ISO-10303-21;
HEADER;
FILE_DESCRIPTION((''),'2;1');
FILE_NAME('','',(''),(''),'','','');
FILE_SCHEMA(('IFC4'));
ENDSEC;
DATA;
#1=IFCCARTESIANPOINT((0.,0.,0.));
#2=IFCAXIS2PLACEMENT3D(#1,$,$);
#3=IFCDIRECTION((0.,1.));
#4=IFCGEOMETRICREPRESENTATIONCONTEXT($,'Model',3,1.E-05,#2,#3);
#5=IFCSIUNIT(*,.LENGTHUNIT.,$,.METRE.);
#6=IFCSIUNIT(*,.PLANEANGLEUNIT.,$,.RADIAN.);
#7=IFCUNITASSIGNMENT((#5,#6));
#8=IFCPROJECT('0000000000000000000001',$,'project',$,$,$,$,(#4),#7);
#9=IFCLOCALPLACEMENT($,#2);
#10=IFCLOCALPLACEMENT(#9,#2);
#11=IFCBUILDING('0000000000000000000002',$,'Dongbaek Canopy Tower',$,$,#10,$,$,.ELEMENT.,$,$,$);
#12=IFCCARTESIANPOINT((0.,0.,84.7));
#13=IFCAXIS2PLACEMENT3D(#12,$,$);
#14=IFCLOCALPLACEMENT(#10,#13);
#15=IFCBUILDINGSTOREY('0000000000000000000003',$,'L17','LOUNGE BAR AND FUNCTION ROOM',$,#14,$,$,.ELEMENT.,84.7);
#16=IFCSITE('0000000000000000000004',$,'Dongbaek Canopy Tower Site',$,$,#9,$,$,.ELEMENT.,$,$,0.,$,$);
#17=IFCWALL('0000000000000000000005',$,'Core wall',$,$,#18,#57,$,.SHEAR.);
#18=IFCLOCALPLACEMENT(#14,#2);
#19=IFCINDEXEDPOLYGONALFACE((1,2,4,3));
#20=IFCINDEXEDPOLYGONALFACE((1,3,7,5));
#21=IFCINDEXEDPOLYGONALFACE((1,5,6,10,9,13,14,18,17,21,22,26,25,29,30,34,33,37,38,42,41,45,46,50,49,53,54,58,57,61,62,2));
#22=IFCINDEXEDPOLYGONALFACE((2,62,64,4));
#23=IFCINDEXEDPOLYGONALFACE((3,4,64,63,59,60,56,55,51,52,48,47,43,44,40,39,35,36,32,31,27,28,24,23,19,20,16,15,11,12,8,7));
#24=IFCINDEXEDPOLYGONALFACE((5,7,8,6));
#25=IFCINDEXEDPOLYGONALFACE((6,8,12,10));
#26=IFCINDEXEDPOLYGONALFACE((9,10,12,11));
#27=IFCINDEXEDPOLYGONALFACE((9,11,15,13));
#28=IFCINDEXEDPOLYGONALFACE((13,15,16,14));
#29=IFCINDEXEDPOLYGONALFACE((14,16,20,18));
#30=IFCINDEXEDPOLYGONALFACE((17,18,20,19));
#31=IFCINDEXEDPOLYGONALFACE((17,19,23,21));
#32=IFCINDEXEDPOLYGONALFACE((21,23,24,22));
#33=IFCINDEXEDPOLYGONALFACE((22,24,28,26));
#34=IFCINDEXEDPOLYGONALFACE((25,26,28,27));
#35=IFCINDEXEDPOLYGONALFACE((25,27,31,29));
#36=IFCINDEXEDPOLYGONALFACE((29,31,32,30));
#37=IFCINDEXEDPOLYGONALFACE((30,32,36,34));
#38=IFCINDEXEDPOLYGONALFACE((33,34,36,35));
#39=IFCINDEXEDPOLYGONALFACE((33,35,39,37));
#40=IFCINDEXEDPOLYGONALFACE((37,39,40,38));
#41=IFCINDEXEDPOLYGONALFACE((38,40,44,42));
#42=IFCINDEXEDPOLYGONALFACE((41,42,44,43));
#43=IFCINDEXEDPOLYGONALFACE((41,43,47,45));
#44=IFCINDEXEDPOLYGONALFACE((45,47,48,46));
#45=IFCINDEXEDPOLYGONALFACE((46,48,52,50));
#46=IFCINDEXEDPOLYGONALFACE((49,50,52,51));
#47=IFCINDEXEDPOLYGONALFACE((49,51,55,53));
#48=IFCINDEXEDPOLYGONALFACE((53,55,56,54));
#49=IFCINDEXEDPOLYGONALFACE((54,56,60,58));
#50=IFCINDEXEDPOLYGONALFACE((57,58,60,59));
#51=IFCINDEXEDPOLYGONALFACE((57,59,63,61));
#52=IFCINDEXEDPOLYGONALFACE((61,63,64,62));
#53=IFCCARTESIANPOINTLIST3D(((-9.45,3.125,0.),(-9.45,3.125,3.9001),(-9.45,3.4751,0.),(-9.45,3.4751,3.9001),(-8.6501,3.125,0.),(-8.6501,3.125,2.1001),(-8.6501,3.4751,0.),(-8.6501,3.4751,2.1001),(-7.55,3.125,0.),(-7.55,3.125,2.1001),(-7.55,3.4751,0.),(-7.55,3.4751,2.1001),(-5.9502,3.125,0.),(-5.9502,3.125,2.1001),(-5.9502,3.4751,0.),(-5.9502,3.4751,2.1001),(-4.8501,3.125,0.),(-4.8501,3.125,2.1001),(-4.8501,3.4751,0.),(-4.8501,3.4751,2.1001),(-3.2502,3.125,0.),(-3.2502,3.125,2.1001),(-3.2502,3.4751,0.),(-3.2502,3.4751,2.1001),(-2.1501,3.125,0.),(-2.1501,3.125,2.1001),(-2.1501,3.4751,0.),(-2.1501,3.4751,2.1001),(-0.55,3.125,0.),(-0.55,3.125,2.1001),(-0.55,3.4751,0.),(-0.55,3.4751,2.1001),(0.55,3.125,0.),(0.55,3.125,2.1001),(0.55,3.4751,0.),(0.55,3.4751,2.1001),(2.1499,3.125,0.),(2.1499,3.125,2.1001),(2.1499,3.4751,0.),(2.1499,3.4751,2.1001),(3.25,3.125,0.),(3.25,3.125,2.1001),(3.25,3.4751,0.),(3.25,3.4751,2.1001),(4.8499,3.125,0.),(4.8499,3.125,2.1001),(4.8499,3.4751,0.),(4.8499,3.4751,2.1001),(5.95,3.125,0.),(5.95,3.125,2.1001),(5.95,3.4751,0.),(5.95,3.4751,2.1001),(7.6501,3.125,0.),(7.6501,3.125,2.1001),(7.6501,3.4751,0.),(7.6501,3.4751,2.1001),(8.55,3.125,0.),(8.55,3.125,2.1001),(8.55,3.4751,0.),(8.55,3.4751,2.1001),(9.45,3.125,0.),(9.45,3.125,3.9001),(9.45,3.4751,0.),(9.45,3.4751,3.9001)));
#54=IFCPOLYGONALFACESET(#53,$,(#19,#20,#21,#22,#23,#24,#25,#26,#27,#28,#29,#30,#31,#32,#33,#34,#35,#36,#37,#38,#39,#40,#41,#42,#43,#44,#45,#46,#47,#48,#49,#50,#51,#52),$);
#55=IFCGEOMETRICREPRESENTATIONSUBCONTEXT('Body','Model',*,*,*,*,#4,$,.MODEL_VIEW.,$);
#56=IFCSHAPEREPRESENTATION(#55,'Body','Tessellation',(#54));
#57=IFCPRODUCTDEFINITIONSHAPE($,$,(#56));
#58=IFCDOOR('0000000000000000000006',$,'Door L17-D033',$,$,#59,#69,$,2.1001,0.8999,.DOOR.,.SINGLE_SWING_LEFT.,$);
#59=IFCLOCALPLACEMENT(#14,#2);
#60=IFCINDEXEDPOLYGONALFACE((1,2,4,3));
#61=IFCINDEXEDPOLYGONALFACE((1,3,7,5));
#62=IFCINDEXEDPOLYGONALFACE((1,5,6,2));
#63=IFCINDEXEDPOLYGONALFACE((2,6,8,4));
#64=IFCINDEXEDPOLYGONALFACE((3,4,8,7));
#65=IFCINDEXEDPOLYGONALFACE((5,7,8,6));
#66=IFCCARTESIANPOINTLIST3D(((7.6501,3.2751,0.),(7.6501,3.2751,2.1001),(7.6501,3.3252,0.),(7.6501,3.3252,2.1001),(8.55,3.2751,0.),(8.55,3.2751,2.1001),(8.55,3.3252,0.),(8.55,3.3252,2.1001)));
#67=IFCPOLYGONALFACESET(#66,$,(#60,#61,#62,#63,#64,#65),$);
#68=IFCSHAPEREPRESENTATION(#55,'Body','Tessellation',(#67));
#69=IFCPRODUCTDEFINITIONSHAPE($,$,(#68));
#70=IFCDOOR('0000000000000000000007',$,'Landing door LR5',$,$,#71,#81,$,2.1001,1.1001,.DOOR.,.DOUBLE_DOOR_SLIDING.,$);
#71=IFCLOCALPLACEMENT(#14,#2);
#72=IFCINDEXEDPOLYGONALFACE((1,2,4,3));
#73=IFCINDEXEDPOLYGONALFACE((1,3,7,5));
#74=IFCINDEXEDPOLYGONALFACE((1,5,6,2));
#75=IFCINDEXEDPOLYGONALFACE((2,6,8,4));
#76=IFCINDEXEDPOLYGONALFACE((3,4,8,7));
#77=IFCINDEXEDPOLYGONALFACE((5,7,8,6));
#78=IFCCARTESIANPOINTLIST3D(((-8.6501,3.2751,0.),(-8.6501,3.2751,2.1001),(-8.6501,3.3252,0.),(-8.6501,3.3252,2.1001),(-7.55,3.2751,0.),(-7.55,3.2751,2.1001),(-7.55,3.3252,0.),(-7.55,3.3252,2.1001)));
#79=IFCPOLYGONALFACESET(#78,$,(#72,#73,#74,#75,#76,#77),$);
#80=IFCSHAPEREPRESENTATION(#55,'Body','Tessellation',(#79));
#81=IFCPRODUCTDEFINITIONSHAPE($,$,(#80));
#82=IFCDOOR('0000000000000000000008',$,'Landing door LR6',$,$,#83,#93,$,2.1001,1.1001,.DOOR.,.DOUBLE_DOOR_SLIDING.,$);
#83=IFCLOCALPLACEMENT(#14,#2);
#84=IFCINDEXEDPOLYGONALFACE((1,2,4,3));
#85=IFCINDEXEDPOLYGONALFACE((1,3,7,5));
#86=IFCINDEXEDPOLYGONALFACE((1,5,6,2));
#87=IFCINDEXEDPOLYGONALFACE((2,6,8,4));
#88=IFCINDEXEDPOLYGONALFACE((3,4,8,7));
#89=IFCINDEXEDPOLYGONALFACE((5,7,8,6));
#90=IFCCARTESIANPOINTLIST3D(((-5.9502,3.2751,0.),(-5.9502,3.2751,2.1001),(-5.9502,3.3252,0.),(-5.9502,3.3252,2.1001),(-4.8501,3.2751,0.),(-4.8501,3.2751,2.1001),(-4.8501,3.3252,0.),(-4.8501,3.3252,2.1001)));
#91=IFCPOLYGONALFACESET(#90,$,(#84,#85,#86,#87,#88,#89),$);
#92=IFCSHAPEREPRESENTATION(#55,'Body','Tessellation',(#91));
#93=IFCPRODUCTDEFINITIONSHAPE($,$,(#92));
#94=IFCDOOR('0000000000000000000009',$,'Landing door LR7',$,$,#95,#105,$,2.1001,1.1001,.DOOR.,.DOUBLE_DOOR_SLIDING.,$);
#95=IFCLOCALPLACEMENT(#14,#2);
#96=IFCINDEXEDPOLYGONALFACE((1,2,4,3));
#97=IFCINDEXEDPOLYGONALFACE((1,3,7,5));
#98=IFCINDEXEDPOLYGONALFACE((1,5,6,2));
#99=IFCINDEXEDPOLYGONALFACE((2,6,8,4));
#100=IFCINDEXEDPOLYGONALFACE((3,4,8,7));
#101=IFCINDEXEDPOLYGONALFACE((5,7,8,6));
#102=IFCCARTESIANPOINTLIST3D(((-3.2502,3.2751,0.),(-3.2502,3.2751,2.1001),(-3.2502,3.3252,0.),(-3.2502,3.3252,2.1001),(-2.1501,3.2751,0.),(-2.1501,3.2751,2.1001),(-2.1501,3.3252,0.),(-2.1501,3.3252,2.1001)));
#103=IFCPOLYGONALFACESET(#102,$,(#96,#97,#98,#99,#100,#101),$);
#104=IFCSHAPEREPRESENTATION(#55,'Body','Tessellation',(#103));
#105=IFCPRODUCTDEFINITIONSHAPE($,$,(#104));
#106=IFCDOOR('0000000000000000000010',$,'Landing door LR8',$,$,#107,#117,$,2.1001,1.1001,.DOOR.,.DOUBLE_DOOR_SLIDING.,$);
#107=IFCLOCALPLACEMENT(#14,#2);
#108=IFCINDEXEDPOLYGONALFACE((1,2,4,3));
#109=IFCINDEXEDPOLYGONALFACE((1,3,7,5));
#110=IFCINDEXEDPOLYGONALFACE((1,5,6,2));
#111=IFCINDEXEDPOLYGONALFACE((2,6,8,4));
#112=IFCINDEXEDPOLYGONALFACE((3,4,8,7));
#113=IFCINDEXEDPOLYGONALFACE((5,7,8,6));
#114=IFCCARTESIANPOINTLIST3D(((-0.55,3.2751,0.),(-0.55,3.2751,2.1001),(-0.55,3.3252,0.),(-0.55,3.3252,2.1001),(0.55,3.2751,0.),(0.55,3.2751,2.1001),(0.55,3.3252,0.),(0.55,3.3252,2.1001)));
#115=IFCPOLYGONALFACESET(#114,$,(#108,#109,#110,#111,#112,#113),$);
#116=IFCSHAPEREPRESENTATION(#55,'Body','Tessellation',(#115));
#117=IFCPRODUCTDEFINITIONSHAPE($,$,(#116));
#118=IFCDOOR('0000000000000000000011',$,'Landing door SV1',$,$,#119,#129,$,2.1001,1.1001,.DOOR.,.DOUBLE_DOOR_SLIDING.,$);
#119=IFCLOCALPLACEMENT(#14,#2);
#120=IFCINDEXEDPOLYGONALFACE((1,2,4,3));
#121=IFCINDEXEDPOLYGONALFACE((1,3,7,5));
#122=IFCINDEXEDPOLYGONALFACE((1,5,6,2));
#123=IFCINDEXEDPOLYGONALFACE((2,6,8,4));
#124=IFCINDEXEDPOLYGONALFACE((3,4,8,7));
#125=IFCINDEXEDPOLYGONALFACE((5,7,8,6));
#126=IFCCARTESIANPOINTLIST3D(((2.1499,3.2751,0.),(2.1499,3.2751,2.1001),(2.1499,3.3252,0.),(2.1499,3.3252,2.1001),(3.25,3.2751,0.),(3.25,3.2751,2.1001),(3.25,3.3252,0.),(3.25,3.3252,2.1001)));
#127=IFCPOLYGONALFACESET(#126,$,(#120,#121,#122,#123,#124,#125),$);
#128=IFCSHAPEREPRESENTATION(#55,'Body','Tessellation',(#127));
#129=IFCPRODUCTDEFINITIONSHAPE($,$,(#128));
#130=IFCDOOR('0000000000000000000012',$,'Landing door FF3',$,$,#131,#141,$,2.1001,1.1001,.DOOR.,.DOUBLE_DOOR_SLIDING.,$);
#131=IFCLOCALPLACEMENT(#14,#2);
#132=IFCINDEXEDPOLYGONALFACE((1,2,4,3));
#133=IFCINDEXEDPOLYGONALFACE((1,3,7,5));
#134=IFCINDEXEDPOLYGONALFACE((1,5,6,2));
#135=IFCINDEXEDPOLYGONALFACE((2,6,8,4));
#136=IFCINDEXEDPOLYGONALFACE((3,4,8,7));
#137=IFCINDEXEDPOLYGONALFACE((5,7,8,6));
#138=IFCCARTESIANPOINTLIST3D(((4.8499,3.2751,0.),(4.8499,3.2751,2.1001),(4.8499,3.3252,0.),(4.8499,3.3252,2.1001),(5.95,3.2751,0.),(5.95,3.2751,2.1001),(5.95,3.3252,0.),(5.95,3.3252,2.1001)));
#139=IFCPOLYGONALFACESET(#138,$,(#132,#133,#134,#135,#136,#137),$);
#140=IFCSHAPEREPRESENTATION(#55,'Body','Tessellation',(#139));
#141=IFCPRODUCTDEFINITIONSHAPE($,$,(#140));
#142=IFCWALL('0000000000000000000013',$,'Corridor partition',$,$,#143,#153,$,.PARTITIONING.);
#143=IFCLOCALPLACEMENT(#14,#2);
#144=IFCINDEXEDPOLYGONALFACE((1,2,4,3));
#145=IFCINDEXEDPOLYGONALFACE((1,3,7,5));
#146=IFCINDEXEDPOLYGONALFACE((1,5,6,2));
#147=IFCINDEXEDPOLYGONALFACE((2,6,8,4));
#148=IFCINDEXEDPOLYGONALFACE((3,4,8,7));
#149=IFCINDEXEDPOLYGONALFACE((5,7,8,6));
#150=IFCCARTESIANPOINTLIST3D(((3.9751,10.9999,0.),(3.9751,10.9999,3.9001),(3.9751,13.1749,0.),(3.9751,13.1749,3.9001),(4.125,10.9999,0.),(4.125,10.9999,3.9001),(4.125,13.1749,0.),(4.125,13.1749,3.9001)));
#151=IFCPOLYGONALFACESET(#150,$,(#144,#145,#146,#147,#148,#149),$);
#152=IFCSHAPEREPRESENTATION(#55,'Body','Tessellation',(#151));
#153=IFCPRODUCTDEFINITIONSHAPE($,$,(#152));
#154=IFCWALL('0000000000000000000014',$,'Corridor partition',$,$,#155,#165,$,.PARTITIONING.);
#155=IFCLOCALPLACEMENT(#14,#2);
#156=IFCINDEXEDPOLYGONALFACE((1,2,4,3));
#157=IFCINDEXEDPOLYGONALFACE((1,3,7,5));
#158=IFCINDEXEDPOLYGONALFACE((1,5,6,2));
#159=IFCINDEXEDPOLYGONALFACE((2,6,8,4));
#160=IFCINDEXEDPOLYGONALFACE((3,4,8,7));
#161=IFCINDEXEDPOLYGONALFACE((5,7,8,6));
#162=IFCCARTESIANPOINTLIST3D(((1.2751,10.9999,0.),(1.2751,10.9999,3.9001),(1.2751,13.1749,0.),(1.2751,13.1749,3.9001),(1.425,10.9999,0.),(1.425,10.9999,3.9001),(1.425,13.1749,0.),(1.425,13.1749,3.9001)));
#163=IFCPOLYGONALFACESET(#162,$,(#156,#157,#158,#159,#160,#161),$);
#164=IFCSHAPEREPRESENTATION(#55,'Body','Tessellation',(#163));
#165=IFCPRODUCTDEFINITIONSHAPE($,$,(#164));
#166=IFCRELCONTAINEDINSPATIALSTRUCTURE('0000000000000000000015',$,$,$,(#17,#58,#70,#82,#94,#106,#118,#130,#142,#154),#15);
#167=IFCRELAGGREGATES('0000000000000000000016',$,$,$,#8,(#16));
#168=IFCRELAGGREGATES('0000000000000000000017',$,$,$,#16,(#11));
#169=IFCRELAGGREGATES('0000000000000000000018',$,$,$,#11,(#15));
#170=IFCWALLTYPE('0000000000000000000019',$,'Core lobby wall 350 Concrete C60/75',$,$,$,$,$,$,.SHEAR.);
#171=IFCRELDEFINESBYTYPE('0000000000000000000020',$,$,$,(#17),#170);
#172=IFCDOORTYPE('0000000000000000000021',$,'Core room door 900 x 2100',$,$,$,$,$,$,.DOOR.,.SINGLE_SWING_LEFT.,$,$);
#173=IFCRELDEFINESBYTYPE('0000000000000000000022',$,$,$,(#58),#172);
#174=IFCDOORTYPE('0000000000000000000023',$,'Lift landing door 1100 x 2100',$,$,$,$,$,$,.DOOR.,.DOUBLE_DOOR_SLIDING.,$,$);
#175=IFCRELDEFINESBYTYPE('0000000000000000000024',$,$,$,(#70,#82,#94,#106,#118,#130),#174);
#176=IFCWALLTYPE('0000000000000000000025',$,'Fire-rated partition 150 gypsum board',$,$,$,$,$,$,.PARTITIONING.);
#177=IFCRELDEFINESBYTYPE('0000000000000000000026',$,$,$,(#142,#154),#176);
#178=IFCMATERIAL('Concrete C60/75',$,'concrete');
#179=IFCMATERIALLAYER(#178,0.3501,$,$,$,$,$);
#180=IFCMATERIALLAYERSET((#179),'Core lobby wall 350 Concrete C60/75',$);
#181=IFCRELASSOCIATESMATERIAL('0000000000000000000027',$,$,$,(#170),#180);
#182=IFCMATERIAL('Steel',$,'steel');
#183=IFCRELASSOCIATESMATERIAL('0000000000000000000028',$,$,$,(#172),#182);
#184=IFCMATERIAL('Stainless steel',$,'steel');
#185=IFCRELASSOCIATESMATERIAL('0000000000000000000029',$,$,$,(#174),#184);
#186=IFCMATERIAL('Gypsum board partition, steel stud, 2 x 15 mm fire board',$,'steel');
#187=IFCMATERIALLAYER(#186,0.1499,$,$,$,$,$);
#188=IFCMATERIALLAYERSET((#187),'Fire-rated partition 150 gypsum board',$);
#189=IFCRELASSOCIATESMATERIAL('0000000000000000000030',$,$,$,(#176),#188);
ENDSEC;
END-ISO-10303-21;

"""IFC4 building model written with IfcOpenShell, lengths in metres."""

from ifc_helpers import new_model, si_unit, direction, frame, frame_2d, origin, place, context, subcontext, project, spatial, rectangle, extrude, material, layer, layer_set, type_object, element, fill, save


model = new_model("IFC4")

# Units and contexts
model_context = context("Model", 3, precision=1e-05, world=origin(), true_north=direction((0.0, 1.0)))
body_context = subcontext(model_context, "Body", "Model", "MODEL_VIEW")
ifc_project = project(units=[si_unit("LENGTHUNIT", "METRE"), si_unit("PLANEANGLEUNIT", "RADIAN")], contexts=[model_context])

# Site, building, storey
site_placement = place(None, origin())
site = spatial("IfcSite", under=ifc_project, at=site_placement, Name="Dongbaek Canopy Tower Site", CompositionType="ELEMENT", RefElevation=0.0)
building_placement = place(site_placement, origin())
building = spatial("IfcBuilding", under=site, at=building_placement, Name="Dongbaek Canopy Tower", CompositionType="ELEMENT")
storey_placement = place(building_placement, frame((0.0, 0.0, 84.7)))
storey = spatial("IfcBuildingStorey", under=building, at=storey_placement, Name="L17", Description="LOUNGE BAR AND FUNCTION ROOM", CompositionType="ELEMENT", Elevation=84.7)

# Wall, openings, doors
ifc_material_1 = material(Name="Concrete C60/75", Category="concrete")
ifc_layer_1 = layer(ifc_material_1, 0.3501)
ifc_layer_set_1 = layer_set([ifc_layer_1], Name="Core lobby wall 350 Concrete C60/75")
wall_type_1 = type_object("IfcWallType", Name="Core lobby wall 350 Concrete C60/75", PredefinedType="SHEAR", material=ifc_layer_set_1)
wall_1_placement = place(storey_placement, frame((9.45, 3.3, 0.0), z_axis=(0.0, 0.0, 1.0), x_axis=(-1.0, 0.0, 0.0)))
wall_1 = element("IfcWall", 1, at=wall_1_placement, inside=storey, type_object=wall_type_1, Name="Core wall", PredefinedType="SHEAR", context=body_context, shape_type="SweptSolid", body=[
    extrude(rectangle(XDim=18.8999, YDim=0.3501, at=frame_2d((9.45, 0.0))), origin(), (0.0, 0.0, 1.0), 3.9001),
])
opening_1_placement = place(wall_1_placement, frame((17.0, 0.0, 0.0)))
opening_1 = element("IfcOpeningElement", 2, at=opening_1_placement, cuts=wall_1, PredefinedType="OPENING", context=body_context, shape_type="SweptSolid", body=[
    extrude(rectangle(XDim=1.1001, YDim=2.1001, at=frame_2d((0.55, 1.05))), frame((0.0, 0.1851, 0.0), z_axis=(0.0, -1.0, 0.0), x_axis=(1.0, 0.0, 0.0)), (0.0, 0.0, 1.0), 0.3701),
])
opening_2_placement = place(wall_1_placement, frame((14.3, 0.0, 0.0)))
opening_2 = element("IfcOpeningElement", 3, at=opening_2_placement, cuts=wall_1, PredefinedType="OPENING", context=body_context, shape_type="SweptSolid", body=[
    extrude(rectangle(XDim=1.1001, YDim=2.1001, at=frame_2d((0.55, 1.05))), frame((0.0, 0.1851, 0.0), z_axis=(0.0, -1.0, 0.0), x_axis=(1.0, 0.0, 0.0)), (0.0, 0.0, 1.0), 0.3701),
])
opening_3_placement = place(wall_1_placement, frame((11.6001, 0.0, 0.0)))
opening_3 = element("IfcOpeningElement", 4, at=opening_3_placement, cuts=wall_1, PredefinedType="OPENING", context=body_context, shape_type="SweptSolid", body=[
    extrude(rectangle(XDim=1.1001, YDim=2.1001, at=frame_2d((0.55, 1.05))), frame((0.0, 0.1851, 0.0), z_axis=(0.0, -1.0, 0.0), x_axis=(1.0, 0.0, 0.0)), (0.0, 0.0, 1.0), 0.3701),
])
opening_4_placement = place(wall_1_placement, frame((8.8999, 0.0, 0.0)))
opening_4 = element("IfcOpeningElement", 5, at=opening_4_placement, cuts=wall_1, PredefinedType="OPENING", context=body_context, shape_type="SweptSolid", body=[
    extrude(rectangle(XDim=1.1001, YDim=2.1001, at=frame_2d((0.55, 1.05))), frame((0.0, 0.1851, 0.0), z_axis=(0.0, -1.0, 0.0), x_axis=(1.0, 0.0, 0.0)), (0.0, 0.0, 1.0), 0.3701),
])
opening_5_placement = place(wall_1_placement, frame((6.2, 0.0, 0.0)))
opening_5 = element("IfcOpeningElement", 6, at=opening_5_placement, cuts=wall_1, PredefinedType="OPENING", context=body_context, shape_type="SweptSolid", body=[
    extrude(rectangle(XDim=1.1001, YDim=2.1001, at=frame_2d((0.55, 1.05))), frame((0.0, 0.1851, 0.0), z_axis=(0.0, -1.0, 0.0), x_axis=(1.0, 0.0, 0.0)), (0.0, 0.0, 1.0), 0.3701),
])
opening_6_placement = place(wall_1_placement, frame((3.5, 0.0, 0.0)))
opening_6 = element("IfcOpeningElement", 7, at=opening_6_placement, cuts=wall_1, PredefinedType="OPENING", context=body_context, shape_type="SweptSolid", body=[
    extrude(rectangle(XDim=1.1001, YDim=2.1001, at=frame_2d((0.55, 1.05))), frame((0.0, 0.1851, 0.0), z_axis=(0.0, -1.0, 0.0), x_axis=(1.0, 0.0, 0.0)), (0.0, 0.0, 1.0), 0.3701),
])
opening_7_placement = place(wall_1_placement, frame((0.8999, 0.0, 0.0)))
opening_7 = element("IfcOpeningElement", 8, at=opening_7_placement, cuts=wall_1, PredefinedType="OPENING", context=body_context, shape_type="SweptSolid", body=[
    extrude(rectangle(XDim=0.8999, YDim=2.1001, at=frame_2d((0.45, 1.05))), frame((0.0, 0.1851, 0.0), z_axis=(0.0, -1.0, 0.0), x_axis=(1.0, 0.0, 0.0)), (0.0, 0.0, 1.0), 0.3701),
])
ifc_material_2 = material(Name="Steel", Category="steel")
door_type_1 = type_object("IfcDoorType", Name="Core room door 900 x 2100", OperationType="SINGLE_SWING_LEFT", PredefinedType="DOOR", material=ifc_material_2)
door_1_placement = place(opening_7_placement, origin())
door_1 = element("IfcDoor", 9, at=door_1_placement, inside=storey, type_object=door_type_1, Name="Door L17-D033", OperationType="SINGLE_SWING_LEFT", OverallHeight=2.1001, OverallWidth=0.8999, PredefinedType="DOOR", context=body_context, shape_type="SweptSolid", body=[
    extrude(rectangle(XDim=0.8999, YDim=2.1001, at=frame_2d((0.45, 1.05))), frame((0.0, 0.0249, 0.0), z_axis=(0.0, -1.0, 0.0), x_axis=(1.0, 0.0, 0.0)), (0.0, 0.0, 1.0), 0.05),
])
fill(opening_7, door_1)
ifc_material_3 = material(Name="Stainless steel", Category="steel")
door_type_2 = type_object("IfcDoorType", Name="Lift landing door 1100 x 2100", OperationType="DOUBLE_DOOR_SLIDING", PredefinedType="DOOR", material=ifc_material_3)
door_2_placement = place(opening_1_placement, origin())
door_2 = element("IfcDoor", 10, at=door_2_placement, inside=storey, type_object=door_type_2, Name="Landing door LR5", OperationType="DOUBLE_DOOR_SLIDING", OverallHeight=2.1001, OverallWidth=1.1001, PredefinedType="DOOR", context=body_context, shape_type="SweptSolid", body=[
    extrude(rectangle(XDim=1.1001, YDim=2.1001, at=frame_2d((0.55, 1.05))), frame((0.0, 0.0249, 0.0), z_axis=(0.0, -1.0, 0.0), x_axis=(1.0, 0.0, 0.0)), (0.0, 0.0, 1.0), 0.05),
])
fill(opening_1, door_2)
door_3_placement = place(opening_2_placement, origin())
door_3 = element("IfcDoor", 11, at=door_3_placement, inside=storey, type_object=door_type_2, Name="Landing door LR6", OperationType="DOUBLE_DOOR_SLIDING", OverallHeight=2.1001, OverallWidth=1.1001, PredefinedType="DOOR", context=body_context, shape_type="SweptSolid", body=[
    extrude(rectangle(XDim=1.1001, YDim=2.1001, at=frame_2d((0.55, 1.05))), frame((0.0, 0.0249, 0.0), z_axis=(0.0, -1.0, 0.0), x_axis=(1.0, 0.0, 0.0)), (0.0, 0.0, 1.0), 0.05),
])
fill(opening_2, door_3)
door_4_placement = place(opening_3_placement, origin())
door_4 = element("IfcDoor", 12, at=door_4_placement, inside=storey, type_object=door_type_2, Name="Landing door LR7", OperationType="DOUBLE_DOOR_SLIDING", OverallHeight=2.1001, OverallWidth=1.1001, PredefinedType="DOOR", context=body_context, shape_type="SweptSolid", body=[
    extrude(rectangle(XDim=1.1001, YDim=2.1001, at=frame_2d((0.55, 1.05))), frame((0.0, 0.0249, 0.0), z_axis=(0.0, -1.0, 0.0), x_axis=(1.0, 0.0, 0.0)), (0.0, 0.0, 1.0), 0.05),
])
fill(opening_3, door_4)
door_5_placement = place(opening_4_placement, origin())
door_5 = element("IfcDoor", 13, at=door_5_placement, inside=storey, type_object=door_type_2, Name="Landing door LR8", OperationType="DOUBLE_DOOR_SLIDING", OverallHeight=2.1001, OverallWidth=1.1001, PredefinedType="DOOR", context=body_context, shape_type="SweptSolid", body=[
    extrude(rectangle(XDim=1.1001, YDim=2.1001, at=frame_2d((0.55, 1.05))), frame((0.0, 0.0249, 0.0), z_axis=(0.0, -1.0, 0.0), x_axis=(1.0, 0.0, 0.0)), (0.0, 0.0, 1.0), 0.05),
])
fill(opening_4, door_5)
door_6_placement = place(opening_5_placement, origin())
door_6 = element("IfcDoor", 14, at=door_6_placement, inside=storey, type_object=door_type_2, Name="Landing door SV1", OperationType="DOUBLE_DOOR_SLIDING", OverallHeight=2.1001, OverallWidth=1.1001, PredefinedType="DOOR", context=body_context, shape_type="SweptSolid", body=[
    extrude(rectangle(XDim=1.1001, YDim=2.1001, at=frame_2d((0.55, 1.05))), frame((0.0, 0.0249, 0.0), z_axis=(0.0, -1.0, 0.0), x_axis=(1.0, 0.0, 0.0)), (0.0, 0.0, 1.0), 0.05),
])
fill(opening_5, door_6)
door_7_placement = place(opening_6_placement, origin())
door_7 = element("IfcDoor", 15, at=door_7_placement, inside=storey, type_object=door_type_2, Name="Landing door FF3", OperationType="DOUBLE_DOOR_SLIDING", OverallHeight=2.1001, OverallWidth=1.1001, PredefinedType="DOOR", context=body_context, shape_type="SweptSolid", body=[
    extrude(rectangle(XDim=1.1001, YDim=2.1001, at=frame_2d((0.55, 1.05))), frame((0.0, 0.0249, 0.0), z_axis=(0.0, -1.0, 0.0), x_axis=(1.0, 0.0, 0.0)), (0.0, 0.0, 1.0), 0.05),
])
fill(opening_6, door_7)

# Walls
ifc_material_4 = material(Name="Gypsum board partition, steel stud, 2 x 15 mm fire board", Category="steel")
ifc_layer_2 = layer(ifc_material_4, 0.1499)
ifc_layer_set_2 = layer_set([ifc_layer_2], Name="Fire-rated partition 150 gypsum board")
wall_type_2 = type_object("IfcWallType", Name="Fire-rated partition 150 gypsum board", PredefinedType="PARTITIONING", material=ifc_layer_set_2)
for number, where, z_axis, x_axis, name in (
    (16, (4.05, 11.0, 0.0), (0.0, 0.0, 1.0), (0.0, 1.0, 0.0), "Corridor partition"),
    (17, (1.3501, 11.0, 0.0), (0.0, 0.0, 1.0), (0.0, 1.0, 0.0), "Corridor partition"),
):
    element("IfcWall", number, at=place(storey_placement, frame(where, z_axis=z_axis, x_axis=x_axis)), inside=storey, type_object=wall_type_2, Name=name, PredefinedType="PARTITIONING", context=body_context, shape_type="SweptSolid", body=[
        extrude(rectangle(XDim=2.175, YDim=0.1499, at=frame_2d((1.0874, 0.0))), origin(), (0.0, 0.0, 1.0), 3.9001),
    ])

save(model, "model.ifc")
